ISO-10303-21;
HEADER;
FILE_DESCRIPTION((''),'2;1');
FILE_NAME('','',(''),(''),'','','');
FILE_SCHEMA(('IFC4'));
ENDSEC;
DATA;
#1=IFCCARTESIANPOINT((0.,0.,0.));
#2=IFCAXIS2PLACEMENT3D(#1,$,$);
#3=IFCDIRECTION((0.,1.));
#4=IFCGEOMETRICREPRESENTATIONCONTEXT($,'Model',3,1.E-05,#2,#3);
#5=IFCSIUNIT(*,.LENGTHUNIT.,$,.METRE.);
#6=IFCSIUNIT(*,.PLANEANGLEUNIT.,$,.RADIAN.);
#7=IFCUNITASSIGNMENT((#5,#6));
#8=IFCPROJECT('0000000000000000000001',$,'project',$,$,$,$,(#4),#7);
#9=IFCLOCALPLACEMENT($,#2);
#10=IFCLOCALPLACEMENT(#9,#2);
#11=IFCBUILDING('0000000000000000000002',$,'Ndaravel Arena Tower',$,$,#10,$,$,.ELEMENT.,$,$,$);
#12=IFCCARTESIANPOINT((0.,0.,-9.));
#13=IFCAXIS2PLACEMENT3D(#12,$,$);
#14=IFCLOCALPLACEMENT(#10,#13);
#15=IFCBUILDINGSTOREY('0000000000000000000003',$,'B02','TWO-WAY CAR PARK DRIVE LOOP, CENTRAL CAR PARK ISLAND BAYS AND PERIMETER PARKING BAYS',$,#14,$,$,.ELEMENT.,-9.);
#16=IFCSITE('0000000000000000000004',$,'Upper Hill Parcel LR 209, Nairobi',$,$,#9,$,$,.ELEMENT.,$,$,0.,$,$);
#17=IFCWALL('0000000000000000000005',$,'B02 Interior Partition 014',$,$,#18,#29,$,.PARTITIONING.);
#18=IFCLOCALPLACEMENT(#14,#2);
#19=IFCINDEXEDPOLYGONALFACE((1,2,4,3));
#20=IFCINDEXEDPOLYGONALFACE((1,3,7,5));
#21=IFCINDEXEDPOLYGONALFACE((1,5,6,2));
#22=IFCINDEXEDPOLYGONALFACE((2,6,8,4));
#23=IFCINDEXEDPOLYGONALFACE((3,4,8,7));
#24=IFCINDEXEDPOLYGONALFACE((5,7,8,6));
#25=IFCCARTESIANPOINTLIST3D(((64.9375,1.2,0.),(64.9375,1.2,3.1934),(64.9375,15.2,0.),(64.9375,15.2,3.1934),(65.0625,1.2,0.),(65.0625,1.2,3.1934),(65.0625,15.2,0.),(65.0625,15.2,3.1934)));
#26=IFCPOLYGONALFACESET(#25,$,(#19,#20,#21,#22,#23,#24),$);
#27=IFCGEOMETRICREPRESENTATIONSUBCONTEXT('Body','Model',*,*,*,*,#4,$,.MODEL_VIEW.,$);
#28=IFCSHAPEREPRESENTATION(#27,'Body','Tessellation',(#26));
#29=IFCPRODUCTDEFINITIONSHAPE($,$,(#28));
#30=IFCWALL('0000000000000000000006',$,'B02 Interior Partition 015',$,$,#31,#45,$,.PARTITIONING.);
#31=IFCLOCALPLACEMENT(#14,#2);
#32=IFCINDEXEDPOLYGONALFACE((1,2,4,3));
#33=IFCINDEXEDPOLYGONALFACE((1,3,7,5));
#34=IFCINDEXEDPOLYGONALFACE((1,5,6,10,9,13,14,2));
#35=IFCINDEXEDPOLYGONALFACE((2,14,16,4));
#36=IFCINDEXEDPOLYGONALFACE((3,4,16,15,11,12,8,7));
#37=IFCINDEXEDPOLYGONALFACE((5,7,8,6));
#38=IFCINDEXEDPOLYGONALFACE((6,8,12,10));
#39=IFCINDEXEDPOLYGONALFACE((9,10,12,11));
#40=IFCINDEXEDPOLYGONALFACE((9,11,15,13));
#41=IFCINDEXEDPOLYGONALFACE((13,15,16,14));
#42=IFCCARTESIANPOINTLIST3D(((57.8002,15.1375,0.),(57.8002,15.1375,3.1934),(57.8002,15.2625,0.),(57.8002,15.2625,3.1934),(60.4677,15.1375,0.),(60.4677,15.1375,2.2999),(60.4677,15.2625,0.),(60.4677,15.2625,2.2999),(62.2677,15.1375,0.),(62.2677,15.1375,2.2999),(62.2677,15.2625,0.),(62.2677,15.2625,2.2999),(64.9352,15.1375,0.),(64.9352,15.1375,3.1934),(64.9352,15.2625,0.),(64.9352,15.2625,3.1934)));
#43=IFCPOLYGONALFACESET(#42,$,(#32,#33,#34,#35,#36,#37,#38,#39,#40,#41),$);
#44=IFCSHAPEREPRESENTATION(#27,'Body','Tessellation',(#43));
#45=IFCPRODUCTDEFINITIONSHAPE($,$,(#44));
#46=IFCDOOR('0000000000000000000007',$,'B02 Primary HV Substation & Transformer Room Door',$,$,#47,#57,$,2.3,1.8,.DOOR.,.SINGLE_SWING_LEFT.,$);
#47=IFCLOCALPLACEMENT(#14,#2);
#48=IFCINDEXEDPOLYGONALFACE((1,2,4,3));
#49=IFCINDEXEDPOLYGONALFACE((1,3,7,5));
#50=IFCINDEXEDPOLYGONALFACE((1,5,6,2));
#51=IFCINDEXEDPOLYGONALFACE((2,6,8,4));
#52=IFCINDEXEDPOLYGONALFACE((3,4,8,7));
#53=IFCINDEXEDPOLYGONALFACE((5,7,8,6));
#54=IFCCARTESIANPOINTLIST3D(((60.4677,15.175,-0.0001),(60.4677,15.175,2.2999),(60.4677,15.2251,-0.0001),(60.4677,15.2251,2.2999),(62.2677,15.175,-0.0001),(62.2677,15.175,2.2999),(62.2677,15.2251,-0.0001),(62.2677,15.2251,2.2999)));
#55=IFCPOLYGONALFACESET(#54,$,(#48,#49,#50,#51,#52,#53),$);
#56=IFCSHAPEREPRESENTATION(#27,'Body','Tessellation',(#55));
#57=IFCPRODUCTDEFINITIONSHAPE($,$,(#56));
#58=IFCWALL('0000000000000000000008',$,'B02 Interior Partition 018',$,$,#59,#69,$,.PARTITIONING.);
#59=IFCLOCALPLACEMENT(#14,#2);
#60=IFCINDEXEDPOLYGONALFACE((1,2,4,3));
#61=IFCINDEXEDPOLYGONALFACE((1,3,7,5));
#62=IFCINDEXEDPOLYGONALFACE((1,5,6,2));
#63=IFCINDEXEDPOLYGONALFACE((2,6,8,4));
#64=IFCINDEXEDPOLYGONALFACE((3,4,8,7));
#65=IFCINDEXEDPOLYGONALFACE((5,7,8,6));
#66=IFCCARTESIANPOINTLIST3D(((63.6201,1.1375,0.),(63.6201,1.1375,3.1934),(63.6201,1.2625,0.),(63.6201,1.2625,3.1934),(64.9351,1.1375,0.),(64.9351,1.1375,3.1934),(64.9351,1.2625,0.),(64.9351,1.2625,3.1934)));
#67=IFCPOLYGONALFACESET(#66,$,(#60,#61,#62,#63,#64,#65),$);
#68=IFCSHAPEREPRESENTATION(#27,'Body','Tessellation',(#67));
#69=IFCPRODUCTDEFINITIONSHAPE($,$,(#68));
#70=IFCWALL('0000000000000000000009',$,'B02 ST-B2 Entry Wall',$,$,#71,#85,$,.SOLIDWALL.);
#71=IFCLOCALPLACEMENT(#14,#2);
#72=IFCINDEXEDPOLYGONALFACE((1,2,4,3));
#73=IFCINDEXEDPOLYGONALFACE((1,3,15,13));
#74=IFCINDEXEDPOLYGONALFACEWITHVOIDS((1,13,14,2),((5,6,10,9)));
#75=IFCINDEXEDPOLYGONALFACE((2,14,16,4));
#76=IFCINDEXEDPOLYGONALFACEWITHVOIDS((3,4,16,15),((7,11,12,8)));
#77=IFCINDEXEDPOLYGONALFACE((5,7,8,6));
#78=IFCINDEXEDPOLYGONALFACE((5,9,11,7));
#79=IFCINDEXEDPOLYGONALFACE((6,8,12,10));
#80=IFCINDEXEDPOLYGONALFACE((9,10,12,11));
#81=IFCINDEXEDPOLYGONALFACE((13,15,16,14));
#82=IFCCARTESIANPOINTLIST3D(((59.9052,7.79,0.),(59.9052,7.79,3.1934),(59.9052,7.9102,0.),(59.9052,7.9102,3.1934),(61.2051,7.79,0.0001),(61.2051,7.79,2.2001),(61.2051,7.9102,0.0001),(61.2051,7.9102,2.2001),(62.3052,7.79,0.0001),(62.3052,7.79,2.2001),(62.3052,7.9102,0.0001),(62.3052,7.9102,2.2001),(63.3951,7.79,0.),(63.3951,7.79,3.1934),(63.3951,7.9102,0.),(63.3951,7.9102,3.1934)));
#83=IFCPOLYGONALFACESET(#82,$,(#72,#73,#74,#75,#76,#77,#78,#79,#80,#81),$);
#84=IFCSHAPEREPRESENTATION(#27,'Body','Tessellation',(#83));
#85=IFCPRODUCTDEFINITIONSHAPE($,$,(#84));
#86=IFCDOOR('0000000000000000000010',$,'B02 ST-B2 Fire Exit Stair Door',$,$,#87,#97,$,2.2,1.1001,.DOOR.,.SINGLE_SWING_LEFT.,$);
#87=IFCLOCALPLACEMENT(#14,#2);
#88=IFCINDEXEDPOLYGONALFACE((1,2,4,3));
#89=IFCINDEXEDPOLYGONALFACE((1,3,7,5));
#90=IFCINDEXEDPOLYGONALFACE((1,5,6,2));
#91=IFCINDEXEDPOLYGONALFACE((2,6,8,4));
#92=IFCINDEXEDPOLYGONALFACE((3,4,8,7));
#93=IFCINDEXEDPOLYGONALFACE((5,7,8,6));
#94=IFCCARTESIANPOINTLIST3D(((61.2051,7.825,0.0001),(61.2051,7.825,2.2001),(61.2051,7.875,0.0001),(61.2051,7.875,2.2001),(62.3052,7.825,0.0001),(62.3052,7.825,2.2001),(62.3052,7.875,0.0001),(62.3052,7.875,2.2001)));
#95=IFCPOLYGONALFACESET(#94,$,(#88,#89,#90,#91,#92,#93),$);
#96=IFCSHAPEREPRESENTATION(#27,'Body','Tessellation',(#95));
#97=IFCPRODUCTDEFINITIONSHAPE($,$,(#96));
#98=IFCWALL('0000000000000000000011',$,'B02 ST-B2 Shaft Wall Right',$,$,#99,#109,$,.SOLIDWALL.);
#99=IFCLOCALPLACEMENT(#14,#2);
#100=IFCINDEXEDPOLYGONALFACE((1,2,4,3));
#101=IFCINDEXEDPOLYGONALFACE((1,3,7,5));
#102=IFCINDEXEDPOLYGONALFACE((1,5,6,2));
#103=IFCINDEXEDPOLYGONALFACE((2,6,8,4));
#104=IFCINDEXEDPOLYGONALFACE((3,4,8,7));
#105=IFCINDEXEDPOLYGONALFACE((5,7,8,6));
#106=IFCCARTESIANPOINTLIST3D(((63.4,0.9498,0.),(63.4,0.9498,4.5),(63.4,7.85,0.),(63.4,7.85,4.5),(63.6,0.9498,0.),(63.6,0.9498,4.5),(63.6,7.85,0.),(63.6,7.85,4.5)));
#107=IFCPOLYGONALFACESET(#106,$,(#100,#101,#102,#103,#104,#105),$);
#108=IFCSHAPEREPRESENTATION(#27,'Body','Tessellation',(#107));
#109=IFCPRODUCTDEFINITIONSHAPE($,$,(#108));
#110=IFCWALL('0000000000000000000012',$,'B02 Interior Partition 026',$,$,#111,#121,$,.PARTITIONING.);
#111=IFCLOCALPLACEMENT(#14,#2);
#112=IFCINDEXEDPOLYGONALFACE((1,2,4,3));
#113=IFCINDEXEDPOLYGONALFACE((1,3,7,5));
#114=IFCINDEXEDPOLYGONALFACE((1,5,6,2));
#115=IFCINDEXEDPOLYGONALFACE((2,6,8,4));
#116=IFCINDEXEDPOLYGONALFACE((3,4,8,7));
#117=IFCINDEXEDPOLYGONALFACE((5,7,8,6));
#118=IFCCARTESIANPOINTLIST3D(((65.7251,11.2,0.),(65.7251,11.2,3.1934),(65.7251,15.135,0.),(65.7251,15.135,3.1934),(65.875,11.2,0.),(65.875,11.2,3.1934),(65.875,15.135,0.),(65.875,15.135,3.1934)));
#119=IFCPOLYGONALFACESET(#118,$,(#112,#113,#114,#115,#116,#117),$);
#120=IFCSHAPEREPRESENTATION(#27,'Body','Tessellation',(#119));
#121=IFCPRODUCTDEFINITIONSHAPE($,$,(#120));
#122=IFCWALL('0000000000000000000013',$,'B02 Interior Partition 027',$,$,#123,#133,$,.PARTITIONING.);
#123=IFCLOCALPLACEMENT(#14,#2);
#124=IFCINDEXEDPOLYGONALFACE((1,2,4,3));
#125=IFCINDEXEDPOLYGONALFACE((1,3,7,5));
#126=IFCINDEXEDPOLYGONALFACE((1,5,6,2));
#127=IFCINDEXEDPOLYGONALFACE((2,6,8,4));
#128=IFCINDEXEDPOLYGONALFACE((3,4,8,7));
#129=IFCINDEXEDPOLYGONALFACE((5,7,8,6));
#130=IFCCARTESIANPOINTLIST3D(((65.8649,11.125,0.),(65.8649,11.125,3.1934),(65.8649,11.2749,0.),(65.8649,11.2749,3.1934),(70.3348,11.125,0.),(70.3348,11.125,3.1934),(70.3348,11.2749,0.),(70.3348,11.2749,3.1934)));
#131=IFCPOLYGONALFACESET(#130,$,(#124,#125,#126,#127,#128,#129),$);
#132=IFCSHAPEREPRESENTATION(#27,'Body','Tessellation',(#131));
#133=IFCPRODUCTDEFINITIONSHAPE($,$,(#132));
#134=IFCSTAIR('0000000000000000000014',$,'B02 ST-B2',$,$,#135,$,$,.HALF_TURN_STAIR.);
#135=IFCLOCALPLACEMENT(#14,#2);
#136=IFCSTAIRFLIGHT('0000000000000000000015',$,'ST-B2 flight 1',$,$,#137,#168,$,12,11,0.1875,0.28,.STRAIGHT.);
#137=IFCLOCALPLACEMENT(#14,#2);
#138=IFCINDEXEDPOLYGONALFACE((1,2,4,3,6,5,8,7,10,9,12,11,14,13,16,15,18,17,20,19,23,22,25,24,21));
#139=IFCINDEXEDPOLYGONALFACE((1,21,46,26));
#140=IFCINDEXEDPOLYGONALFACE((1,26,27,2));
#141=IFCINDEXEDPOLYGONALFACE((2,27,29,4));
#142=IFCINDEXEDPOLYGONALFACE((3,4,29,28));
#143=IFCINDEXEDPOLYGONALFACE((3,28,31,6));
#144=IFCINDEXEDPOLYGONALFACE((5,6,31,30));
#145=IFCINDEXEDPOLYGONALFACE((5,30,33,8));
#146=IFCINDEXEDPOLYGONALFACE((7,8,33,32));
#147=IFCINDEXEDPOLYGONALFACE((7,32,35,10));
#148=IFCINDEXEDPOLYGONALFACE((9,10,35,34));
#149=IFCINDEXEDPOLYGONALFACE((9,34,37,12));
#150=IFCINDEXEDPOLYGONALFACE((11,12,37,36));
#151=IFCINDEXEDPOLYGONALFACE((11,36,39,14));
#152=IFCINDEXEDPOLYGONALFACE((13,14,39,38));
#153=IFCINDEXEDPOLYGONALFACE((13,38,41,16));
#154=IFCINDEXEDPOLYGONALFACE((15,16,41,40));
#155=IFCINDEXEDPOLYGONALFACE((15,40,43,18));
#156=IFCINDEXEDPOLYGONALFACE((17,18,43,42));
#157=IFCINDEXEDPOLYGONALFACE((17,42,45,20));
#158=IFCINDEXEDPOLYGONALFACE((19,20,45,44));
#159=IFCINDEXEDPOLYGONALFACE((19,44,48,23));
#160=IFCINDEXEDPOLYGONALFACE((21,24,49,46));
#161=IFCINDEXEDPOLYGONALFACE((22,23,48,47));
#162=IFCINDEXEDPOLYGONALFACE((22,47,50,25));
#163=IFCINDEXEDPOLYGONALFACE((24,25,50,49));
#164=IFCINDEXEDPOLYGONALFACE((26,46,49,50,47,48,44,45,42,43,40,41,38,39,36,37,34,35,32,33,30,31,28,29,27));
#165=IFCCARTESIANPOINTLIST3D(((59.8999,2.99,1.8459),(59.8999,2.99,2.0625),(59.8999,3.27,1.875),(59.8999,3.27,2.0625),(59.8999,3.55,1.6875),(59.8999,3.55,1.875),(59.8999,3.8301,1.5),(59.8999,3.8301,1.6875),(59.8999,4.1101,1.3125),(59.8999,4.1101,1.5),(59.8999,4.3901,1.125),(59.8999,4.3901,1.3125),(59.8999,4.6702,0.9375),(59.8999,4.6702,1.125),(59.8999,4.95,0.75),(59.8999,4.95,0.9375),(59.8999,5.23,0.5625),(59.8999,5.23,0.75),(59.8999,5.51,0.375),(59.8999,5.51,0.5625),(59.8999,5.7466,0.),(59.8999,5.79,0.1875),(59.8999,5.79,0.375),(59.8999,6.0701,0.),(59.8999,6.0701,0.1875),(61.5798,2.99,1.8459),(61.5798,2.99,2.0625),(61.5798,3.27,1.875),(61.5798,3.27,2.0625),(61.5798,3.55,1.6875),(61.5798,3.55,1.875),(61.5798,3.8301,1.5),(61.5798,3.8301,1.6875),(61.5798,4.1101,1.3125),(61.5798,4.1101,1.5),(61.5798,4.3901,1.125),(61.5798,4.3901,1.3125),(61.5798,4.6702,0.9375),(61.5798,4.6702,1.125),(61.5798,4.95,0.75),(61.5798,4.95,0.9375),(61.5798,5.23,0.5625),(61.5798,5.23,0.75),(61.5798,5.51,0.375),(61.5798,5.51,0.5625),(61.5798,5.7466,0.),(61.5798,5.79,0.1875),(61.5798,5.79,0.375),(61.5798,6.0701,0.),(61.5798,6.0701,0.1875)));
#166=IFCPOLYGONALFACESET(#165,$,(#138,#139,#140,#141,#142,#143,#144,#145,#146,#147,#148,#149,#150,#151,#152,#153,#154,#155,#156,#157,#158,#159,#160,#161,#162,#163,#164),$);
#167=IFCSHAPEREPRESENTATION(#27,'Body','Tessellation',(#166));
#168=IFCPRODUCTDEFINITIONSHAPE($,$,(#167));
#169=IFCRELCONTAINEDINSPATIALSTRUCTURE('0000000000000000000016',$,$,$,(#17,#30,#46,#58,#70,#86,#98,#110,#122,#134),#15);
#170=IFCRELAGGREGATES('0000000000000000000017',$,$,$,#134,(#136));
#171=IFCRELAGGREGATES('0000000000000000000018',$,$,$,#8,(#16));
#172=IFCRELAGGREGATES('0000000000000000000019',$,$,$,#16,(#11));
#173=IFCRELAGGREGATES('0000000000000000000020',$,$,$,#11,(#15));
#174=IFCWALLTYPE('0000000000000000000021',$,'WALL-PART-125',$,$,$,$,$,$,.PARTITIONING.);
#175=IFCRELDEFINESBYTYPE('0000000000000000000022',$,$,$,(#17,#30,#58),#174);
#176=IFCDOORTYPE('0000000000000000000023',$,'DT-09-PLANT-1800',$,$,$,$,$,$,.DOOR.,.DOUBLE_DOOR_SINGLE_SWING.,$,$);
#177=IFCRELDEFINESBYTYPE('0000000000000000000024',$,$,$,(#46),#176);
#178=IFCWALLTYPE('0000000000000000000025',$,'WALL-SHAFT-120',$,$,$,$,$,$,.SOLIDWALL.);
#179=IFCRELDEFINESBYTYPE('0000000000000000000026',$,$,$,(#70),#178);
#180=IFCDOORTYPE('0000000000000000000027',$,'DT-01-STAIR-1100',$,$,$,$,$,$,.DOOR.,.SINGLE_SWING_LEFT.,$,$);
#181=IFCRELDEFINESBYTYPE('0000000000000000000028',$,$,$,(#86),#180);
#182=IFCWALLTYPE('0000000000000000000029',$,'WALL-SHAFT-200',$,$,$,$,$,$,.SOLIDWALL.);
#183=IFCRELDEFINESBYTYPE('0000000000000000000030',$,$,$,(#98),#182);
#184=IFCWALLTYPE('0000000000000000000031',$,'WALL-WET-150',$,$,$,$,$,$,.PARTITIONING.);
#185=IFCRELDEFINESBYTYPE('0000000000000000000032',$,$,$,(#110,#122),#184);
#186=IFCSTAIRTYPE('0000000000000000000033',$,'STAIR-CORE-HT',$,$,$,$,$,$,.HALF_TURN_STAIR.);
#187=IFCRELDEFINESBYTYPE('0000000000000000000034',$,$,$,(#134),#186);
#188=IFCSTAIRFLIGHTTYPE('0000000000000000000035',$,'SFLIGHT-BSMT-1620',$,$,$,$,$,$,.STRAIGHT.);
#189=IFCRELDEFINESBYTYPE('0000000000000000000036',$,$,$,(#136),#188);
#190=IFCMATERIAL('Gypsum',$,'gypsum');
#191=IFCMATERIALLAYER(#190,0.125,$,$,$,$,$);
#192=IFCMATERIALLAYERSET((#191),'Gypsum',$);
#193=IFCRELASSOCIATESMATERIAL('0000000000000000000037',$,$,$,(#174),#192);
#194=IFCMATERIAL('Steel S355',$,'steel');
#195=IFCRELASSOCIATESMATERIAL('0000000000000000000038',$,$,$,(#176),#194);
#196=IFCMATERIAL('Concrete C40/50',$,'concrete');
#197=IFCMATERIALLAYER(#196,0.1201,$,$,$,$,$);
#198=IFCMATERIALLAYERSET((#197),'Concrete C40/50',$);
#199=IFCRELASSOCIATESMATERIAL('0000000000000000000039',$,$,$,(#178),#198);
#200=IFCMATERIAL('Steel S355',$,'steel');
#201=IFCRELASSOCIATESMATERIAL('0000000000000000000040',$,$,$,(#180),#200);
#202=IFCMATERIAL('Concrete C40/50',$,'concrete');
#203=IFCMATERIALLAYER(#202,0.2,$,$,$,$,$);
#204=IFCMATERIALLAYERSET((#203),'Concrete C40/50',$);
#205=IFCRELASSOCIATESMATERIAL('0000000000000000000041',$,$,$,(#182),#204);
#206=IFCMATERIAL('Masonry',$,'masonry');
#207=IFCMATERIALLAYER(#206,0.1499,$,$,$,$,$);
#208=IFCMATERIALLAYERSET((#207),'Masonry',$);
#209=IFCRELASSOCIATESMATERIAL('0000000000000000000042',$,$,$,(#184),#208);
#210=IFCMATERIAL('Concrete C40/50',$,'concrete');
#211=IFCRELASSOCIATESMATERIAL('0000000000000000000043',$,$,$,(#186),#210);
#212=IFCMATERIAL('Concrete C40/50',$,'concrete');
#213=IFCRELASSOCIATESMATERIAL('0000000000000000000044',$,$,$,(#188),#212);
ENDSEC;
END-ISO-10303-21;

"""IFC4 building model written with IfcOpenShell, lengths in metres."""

from ifc_helpers import new_model, si_unit, direction, frame, frame_2d, origin, place, context, subcontext, project, spatial, polyline, rectangle, outline, extrude, material, layer, layer_set, type_object, element, fill, aggregate, save


model = new_model("IFC4")

# Units and contexts
model_context = context("Model", 3, precision=1e-05, world=origin(), true_north=direction((0.0, 1.0)))
body_context = subcontext(model_context, "Body", "Model", "MODEL_VIEW")
ifc_project = project(units=[si_unit("LENGTHUNIT", "METRE"), si_unit("PLANEANGLEUNIT", "RADIAN")], contexts=[model_context])

# Site, building, storey
site_placement = place(None, origin())
site = spatial("IfcSite", under=ifc_project, at=site_placement, Name="Upper Hill Parcel LR 209, Nairobi", CompositionType="ELEMENT", RefElevation=0.0)
building_placement = place(site_placement, origin())
building = spatial("IfcBuilding", under=site, at=building_placement, Name="Ndaravel Arena Tower", CompositionType="ELEMENT")
storey_placement = place(building_placement, frame((0.0, 0.0, -9.0)))
storey = spatial("IfcBuildingStorey", under=building, at=storey_placement, Name="B02", Description="TWO-WAY CAR PARK DRIVE LOOP, CENTRAL CAR PARK ISLAND BAYS AND PERIMETER PARKING BAYS", CompositionType="ELEMENT", Elevation=-9.0)

# Wall
ifc_material_1 = material(Name="Gypsum", Category="gypsum")
ifc_layer_1 = layer(ifc_material_1, 0.125)
ifc_layer_set_1 = layer_set([ifc_layer_1], Name="Gypsum")
wall_type_1 = type_object("IfcWallType", Name="WALL-PART-125", PredefinedType="PARTITIONING", material=ifc_layer_set_1)
wall_1_placement = place(storey_placement, frame((65.0, 1.2, 0.0), z_axis=(0.0, 0.0, 1.0), x_axis=(0.0, 1.0, 0.0)))
element("IfcWall", 1, at=wall_1_placement, inside=storey, type_object=wall_type_1, Name="B02 Interior Partition 014", PredefinedType="PARTITIONING", context=body_context, shape_type="SweptSolid", body=[
    extrude(rectangle(XDim=14.0, YDim=0.125, at=frame_2d((7.0, 0.0))), origin(), (0.0, 0.0, 1.0), 3.1934),
])

# Wall, opening, door
wall_2_placement = place(storey_placement, frame((64.9351, 15.2, 0.0), z_axis=(0.0, 0.0, 1.0), x_axis=(-1.0, 0.0, 0.0)))
wall_2 = element("IfcWall", 2, at=wall_2_placement, inside=storey, type_object=wall_type_1, Name="B02 Interior Partition 015", PredefinedType="PARTITIONING", context=body_context, shape_type="SweptSolid", body=[
    extrude(rectangle(XDim=7.135, YDim=0.125, at=frame_2d((3.5674, 0.0))), origin(), (0.0, 0.0, 1.0), 3.1934),
])
opening_1_placement = place(wall_2_placement, frame((2.6675, 0.0, 0.0)))
opening_1 = element("IfcOpeningElement", 3, at=opening_1_placement, cuts=wall_2, PredefinedType="OPENING", context=body_context, shape_type="SweptSolid", body=[
    extrude(rectangle(XDim=1.8, YDim=2.3, at=frame_2d((0.8999, 1.1499))), frame((0.0, 0.0625, 0.0), z_axis=(0.0, -1.0, 0.0), x_axis=(1.0, 0.0, 0.0)), (0.0, 0.0, 1.0), 0.125),
])
ifc_material_2 = material(Name="Steel S355", Category="steel")
door_type_1 = type_object("IfcDoorType", Name="DT-09-PLANT-1800", OperationType="DOUBLE_DOOR_SINGLE_SWING", PredefinedType="DOOR", material=ifc_material_2)
door_1_placement = place(opening_1_placement, origin())
door_1 = element("IfcDoor", 4, at=door_1_placement, inside=storey, type_object=door_type_1, Name="B02 Primary HV Substation & Transformer Room Door", OperationType="SINGLE_SWING_LEFT", OverallHeight=2.3, OverallWidth=1.8, PredefinedType="DOOR", context=body_context, shape_type="SweptSolid", body=[
    extrude(rectangle(XDim=1.8, YDim=2.3, at=frame_2d((0.8999, 1.1499))), frame((0.0, 0.0249, 0.0), z_axis=(0.0, -1.0, 0.0), x_axis=(1.0, 0.0, 0.0)), (0.0, 0.0, 1.0), 0.05),
])
fill(opening_1, door_1)

# Wall
wall_3_placement = place(storey_placement, frame((63.6201, 1.2, 0.0), z_axis=(0.0, 0.0, 1.0), x_axis=(1.0, 0.0, 0.0)))
element("IfcWall", 5, at=wall_3_placement, inside=storey, type_object=wall_type_1, Name="B02 Interior Partition 018", PredefinedType="PARTITIONING", context=body_context, shape_type="SweptSolid", body=[
    extrude(rectangle(XDim=1.3149, YDim=0.125, at=frame_2d((0.6575, 0.0))), origin(), (0.0, 0.0, 1.0), 3.1934),
])

# Wall, opening, door
ifc_material_3 = material(Name="Concrete C40/50", Category="concrete")
ifc_layer_2 = layer(ifc_material_3, 0.1201)
ifc_layer_set_2 = layer_set([ifc_layer_2], Name="Concrete C40/50")
wall_type_2 = type_object("IfcWallType", Name="WALL-SHAFT-120", PredefinedType="SOLIDWALL", material=ifc_layer_set_2)
wall_4_placement = place(storey_placement, frame((59.905, 7.8501, 0.0), z_axis=(0.0, 0.0, 1.0), x_axis=(1.0, 0.0, 0.0)))
wall_4 = element("IfcWall", 6, at=wall_4_placement, inside=storey, type_object=wall_type_2, Name="B02 ST-B2 Entry Wall", PredefinedType="SOLIDWALL", context=body_context, shape_type="SweptSolid", body=[
    extrude(rectangle(XDim=3.49, YDim=0.1201, at=frame_2d((1.7451, 0.0))), origin(), (0.0, 0.0, 1.0), 3.1934),
])
opening_2_placement = place(wall_4_placement, frame((1.3, 0.0, 0.0)))
opening_2 = element("IfcOpeningElement", 7, at=opening_2_placement, cuts=wall_4, PredefinedType="OPENING", context=body_context, shape_type="SweptSolid", body=[
    extrude(rectangle(XDim=1.1001, YDim=2.2, at=frame_2d((0.55, 1.1001))), frame((0.0, 0.0601, 0.0), z_axis=(0.0, -1.0, 0.0), x_axis=(1.0, 0.0, 0.0)), (0.0, 0.0, 1.0), 0.1201),
])
ifc_material_4 = material(Name="Steel S355", Category="steel")
door_type_2 = type_object("IfcDoorType", Name="DT-01-STAIR-1100", OperationType="SINGLE_SWING_LEFT", PredefinedType="DOOR", material=ifc_material_4)
door_2_placement = place(opening_2_placement, origin())
door_2 = element("IfcDoor", 8, at=door_2_placement, inside=storey, type_object=door_type_2, Name="B02 ST-B2 Fire Exit Stair Door", OperationType="SINGLE_SWING_LEFT", OverallHeight=2.2, OverallWidth=1.1001, PredefinedType="DOOR", context=body_context, shape_type="SweptSolid", body=[
    extrude(rectangle(XDim=1.1001, YDim=2.2, at=frame_2d((0.55, 1.1001))), frame((0.0, 0.0249, 0.0), z_axis=(0.0, -1.0, 0.0), x_axis=(1.0, 0.0, 0.0)), (0.0, 0.0, 1.0), 0.05),
])
fill(opening_2, door_2)

# Walls
ifc_material_5 = material(Name="Concrete C40/50", Category="concrete")
ifc_layer_3 = layer(ifc_material_5, 0.2)
ifc_layer_set_3 = layer_set([ifc_layer_3], Name="Concrete C40/50")
wall_type_3 = type_object("IfcWallType", Name="WALL-SHAFT-200", PredefinedType="SOLIDWALL", material=ifc_layer_set_3)
wall_5_placement = place(storey_placement, frame((63.5, 7.8501, 0.0), z_axis=(0.0, 0.0, 1.0), x_axis=(0.0, -1.0, 0.0)))
element("IfcWall", 9, at=wall_5_placement, inside=storey, type_object=wall_type_3, Name="B02 ST-B2 Shaft Wall Right", PredefinedType="SOLIDWALL", context=body_context, shape_type="SweptSolid", body=[
    extrude(rectangle(XDim=6.9001, YDim=0.2, at=frame_2d((3.4502, 0.0))), origin(), (0.0, 0.0, 1.0), 4.5),
])
ifc_material_6 = material(Name="Masonry", Category="masonry")
ifc_layer_4 = layer(ifc_material_6, 0.1499)
ifc_layer_set_4 = layer_set([ifc_layer_4], Name="Masonry")
wall_type_4 = type_object("IfcWallType", Name="WALL-WET-150", PredefinedType="PARTITIONING", material=ifc_layer_set_4)
wall_6_placement = place(storey_placement, frame((65.8, 15.135, 0.0), z_axis=(0.0, 0.0, 1.0), x_axis=(0.0, -1.0, 0.0)))
element("IfcWall", 10, at=wall_6_placement, inside=storey, type_object=wall_type_4, Name="B02 Interior Partition 026", PredefinedType="PARTITIONING", context=body_context, shape_type="SweptSolid", body=[
    extrude(rectangle(XDim=3.9351, YDim=0.1499, at=frame_2d((1.9675, 0.0))), origin(), (0.0, 0.0, 1.0), 3.1934),
])
wall_7_placement = place(storey_placement, frame((65.865, 11.2, 0.0), z_axis=(0.0, 0.0, 1.0), x_axis=(1.0, 0.0, 0.0)))
element("IfcWall", 11, at=wall_7_placement, inside=storey, type_object=wall_type_4, Name="B02 Interior Partition 027", PredefinedType="PARTITIONING", context=body_context, shape_type="SweptSolid", body=[
    extrude(rectangle(XDim=4.47, YDim=0.1499, at=frame_2d((2.2349, 0.0))), origin(), (0.0, 0.0, 1.0), 3.1934),
])

# Stair, stair flight
ifc_material_7 = material(Name="Concrete C40/50", Category="concrete")
stair_type = type_object("IfcStairType", Name="STAIR-CORE-HT", PredefinedType="HALF_TURN_STAIR", material=ifc_material_7)
stair_placement = place(storey_placement, origin())
stair = element("IfcStair", 12, at=stair_placement, inside=storey, type_object=stair_type, Name="B02 ST-B2", PredefinedType="HALF_TURN_STAIR")
ifc_material_8 = material(Name="Concrete C40/50", Category="concrete")
stair_flight_type = type_object("IfcStairFlightType", Name="SFLIGHT-BSMT-1620", PredefinedType="STRAIGHT", material=ifc_material_8)
stair_flight_1_placement = place(storey_placement, frame((60.74, 6.0701, 0.0), z_axis=(0.0, 0.0, 1.0), x_axis=(0.0, -1.0, 0.0)))
stair_flight_1 = element("IfcStairFlight", 13, at=stair_flight_1_placement, type_object=stair_flight_type, Name="ST-B2 flight 1", NumberOfRisers=12, NumberOfTreads=11, PredefinedType="STRAIGHT", RiserHeight=0.1875, TreadLength=0.28, context=body_context, shape_type="SweptSolid", body=[
    extrude(outline(polyline([(0.0, 0.0), (0.0, 0.1875), (0.28, 0.1875), (0.28, 0.375), (0.5601, 0.375), (0.5601, 0.5625), (0.8401, 0.5625), (0.8401, 0.75), (1.1201, 0.75), (1.1201, 0.9375), (1.3999, 0.9375), (1.3999, 1.125), (1.6799, 1.125), (1.6799, 1.3125), (1.96, 1.3125), (1.96, 1.5), (2.24, 1.5), (2.24, 1.6875), (2.52, 1.6875), (2.52, 1.875), (2.8, 1.875), (2.8, 2.0625), (3.0801, 2.0625), (3.0801, 2.25), (3.0801, 1.8459), (0.3235, 0.0), (0.0, 0.0)])), frame((0.0, 0.8398, 0.0), z_axis=(0.0, -1.0, 0.0), x_axis=(1.0, 0.0, 0.0)), (0.0, 0.0, 1.0), 1.6799),
])
aggregate(stair, [stair_flight_1])

save(model, "model.ifc")
